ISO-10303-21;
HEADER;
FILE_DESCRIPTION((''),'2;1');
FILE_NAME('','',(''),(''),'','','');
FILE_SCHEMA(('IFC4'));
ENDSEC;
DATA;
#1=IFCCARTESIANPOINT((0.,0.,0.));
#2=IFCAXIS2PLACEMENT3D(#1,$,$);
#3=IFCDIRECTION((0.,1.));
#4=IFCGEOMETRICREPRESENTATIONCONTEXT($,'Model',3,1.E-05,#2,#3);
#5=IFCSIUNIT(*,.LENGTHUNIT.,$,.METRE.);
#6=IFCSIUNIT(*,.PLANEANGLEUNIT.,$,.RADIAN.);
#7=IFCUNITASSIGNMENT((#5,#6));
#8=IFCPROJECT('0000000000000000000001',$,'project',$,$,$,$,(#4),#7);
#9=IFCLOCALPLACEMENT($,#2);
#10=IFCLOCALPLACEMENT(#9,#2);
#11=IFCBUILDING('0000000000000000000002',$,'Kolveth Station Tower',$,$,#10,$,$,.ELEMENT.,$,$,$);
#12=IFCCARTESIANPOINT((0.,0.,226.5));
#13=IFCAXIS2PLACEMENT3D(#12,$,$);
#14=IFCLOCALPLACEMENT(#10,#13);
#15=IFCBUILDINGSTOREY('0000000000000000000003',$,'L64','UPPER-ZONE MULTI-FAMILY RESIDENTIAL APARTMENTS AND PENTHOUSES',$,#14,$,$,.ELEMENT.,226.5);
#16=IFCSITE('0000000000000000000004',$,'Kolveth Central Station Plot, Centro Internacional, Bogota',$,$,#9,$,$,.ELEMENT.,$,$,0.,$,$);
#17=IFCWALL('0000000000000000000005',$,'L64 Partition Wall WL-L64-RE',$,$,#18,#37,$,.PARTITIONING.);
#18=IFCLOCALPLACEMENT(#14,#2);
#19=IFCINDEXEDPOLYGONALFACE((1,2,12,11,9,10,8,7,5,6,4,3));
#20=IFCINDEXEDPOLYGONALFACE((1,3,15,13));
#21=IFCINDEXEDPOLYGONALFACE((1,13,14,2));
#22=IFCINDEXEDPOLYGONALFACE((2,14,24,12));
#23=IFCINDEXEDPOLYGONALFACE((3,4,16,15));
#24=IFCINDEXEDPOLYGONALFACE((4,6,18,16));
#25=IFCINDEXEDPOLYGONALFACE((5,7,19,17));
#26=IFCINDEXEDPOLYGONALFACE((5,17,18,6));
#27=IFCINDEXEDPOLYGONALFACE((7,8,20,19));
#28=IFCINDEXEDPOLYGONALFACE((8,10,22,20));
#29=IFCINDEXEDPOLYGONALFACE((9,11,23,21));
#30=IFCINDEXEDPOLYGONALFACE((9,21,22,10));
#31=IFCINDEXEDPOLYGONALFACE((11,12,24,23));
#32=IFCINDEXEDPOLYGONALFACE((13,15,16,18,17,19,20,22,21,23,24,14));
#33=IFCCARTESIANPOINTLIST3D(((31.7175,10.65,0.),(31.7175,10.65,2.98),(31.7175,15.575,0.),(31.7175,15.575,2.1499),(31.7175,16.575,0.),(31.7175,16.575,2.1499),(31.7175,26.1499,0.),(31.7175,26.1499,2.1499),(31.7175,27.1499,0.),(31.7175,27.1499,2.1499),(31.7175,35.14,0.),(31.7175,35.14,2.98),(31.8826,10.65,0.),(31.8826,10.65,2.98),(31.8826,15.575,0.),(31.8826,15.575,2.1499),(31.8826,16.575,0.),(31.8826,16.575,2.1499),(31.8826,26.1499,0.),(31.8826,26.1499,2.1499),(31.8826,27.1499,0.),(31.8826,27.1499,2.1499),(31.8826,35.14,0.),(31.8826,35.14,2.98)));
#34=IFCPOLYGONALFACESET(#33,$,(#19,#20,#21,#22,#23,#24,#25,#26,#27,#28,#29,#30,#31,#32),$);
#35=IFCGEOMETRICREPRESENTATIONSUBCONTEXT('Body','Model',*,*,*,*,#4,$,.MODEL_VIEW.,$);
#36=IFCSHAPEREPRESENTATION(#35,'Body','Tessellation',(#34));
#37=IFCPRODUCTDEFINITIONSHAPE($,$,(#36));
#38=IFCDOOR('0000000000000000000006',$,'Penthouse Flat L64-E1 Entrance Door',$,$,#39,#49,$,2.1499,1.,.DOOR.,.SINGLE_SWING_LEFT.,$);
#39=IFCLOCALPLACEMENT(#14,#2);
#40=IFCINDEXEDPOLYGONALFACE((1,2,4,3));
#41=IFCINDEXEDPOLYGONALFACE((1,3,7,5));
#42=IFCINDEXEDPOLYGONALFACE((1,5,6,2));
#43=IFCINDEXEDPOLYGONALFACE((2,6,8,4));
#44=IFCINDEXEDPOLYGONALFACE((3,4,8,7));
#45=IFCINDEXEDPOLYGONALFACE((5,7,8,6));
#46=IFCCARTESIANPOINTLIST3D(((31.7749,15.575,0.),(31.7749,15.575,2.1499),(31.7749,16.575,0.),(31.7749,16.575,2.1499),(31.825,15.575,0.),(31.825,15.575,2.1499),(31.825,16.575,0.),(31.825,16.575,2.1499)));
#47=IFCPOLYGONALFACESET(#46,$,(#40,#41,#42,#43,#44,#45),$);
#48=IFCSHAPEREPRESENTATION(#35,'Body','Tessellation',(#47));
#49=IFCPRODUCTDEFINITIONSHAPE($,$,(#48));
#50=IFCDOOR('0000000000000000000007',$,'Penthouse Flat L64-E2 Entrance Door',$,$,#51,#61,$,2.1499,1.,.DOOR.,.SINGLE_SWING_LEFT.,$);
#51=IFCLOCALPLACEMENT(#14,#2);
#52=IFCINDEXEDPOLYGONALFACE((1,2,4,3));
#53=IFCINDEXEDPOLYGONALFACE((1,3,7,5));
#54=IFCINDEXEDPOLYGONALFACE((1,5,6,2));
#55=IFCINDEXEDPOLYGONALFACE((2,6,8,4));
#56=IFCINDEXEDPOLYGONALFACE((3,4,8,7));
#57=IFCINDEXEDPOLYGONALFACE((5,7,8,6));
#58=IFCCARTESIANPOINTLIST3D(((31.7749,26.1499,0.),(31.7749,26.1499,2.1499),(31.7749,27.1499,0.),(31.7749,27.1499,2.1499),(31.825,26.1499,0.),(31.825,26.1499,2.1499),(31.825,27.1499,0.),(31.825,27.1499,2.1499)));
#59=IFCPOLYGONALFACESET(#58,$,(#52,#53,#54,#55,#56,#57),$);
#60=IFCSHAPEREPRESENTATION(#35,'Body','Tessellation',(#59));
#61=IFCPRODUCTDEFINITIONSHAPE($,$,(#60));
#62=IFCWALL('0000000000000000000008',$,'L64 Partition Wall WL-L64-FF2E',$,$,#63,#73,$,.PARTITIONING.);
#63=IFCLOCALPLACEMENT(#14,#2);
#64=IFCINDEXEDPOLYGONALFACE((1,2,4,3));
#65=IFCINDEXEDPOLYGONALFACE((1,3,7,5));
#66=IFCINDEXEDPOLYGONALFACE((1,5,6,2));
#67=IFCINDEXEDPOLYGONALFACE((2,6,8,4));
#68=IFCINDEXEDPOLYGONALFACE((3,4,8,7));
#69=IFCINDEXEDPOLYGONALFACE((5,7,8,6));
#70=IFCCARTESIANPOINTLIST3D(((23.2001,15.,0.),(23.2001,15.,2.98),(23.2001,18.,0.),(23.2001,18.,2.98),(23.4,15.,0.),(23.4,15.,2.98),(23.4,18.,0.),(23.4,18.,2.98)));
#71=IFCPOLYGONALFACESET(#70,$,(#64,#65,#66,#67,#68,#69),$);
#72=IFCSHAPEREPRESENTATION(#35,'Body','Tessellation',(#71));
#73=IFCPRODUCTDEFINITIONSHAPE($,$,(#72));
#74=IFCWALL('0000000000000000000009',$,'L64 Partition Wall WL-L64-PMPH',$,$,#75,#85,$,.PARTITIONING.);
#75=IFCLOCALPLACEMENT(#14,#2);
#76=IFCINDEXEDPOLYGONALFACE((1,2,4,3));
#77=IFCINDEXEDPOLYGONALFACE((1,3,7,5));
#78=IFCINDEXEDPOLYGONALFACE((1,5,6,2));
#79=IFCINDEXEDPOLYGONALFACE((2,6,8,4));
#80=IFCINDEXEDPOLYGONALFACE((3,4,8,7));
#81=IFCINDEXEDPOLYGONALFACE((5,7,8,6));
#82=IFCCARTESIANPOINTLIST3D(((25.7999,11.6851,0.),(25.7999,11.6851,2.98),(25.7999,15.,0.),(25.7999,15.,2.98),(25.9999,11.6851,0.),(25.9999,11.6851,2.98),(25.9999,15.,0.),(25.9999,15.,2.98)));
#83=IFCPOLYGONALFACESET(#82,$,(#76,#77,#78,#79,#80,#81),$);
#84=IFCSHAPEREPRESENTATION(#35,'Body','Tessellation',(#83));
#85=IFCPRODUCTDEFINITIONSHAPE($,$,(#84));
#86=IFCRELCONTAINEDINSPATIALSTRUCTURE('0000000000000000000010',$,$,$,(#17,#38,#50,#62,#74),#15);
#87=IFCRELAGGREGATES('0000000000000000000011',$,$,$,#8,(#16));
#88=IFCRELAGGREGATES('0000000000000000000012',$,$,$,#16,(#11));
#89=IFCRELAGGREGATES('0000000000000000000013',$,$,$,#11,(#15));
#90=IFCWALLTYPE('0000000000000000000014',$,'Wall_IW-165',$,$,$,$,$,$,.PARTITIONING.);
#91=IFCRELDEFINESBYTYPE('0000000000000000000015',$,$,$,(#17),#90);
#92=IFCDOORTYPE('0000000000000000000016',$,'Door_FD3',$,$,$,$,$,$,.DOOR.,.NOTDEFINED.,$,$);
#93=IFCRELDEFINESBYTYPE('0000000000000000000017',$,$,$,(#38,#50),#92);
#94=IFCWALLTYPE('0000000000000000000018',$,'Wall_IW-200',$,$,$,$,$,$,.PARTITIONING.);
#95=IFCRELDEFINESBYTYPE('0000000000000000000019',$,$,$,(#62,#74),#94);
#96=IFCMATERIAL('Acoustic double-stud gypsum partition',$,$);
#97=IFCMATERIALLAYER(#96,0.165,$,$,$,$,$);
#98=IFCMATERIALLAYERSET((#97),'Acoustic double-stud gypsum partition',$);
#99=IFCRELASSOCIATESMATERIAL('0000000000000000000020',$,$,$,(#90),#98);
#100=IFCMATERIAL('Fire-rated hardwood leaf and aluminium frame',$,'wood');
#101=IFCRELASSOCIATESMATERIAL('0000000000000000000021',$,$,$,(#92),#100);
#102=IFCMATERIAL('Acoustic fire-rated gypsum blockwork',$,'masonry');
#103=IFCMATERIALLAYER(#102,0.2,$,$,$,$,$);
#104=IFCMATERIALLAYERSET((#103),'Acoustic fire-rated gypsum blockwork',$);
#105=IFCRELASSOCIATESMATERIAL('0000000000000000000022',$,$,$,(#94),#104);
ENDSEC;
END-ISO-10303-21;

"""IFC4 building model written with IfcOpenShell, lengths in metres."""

from ifc_helpers import new_model, si_unit, direction, frame, frame_2d, origin, place, context, subcontext, project, spatial, rectangle, extrude, material, layer, layer_set, type_object, element, fill, save


model = new_model("IFC4")

# Units and contexts
model_context = context("Model", 3, precision=1e-05, world=origin(), true_north=direction((0.0, 1.0)))
body_context = subcontext(model_context, "Body", "Model", "MODEL_VIEW")
ifc_project = project(units=[si_unit("LENGTHUNIT", "METRE"), si_unit("PLANEANGLEUNIT", "RADIAN")], contexts=[model_context])

# Site, building, storey
site_placement = place(None, origin())
site = spatial("IfcSite", under=ifc_project, at=site_placement, Name="Kolveth Central Station Plot, Centro Internacional, Bogota", CompositionType="ELEMENT", RefElevation=0.0)
building_placement = place(site_placement, origin())
building = spatial("IfcBuilding", under=site, at=building_placement, Name="Kolveth Station Tower", CompositionType="ELEMENT")
storey_placement = place(building_placement, frame((0.0, 0.0, 226.5)))
storey = spatial("IfcBuildingStorey", under=building, at=storey_placement, Name="L64", Description="UPPER-ZONE MULTI-FAMILY RESIDENTIAL APARTMENTS AND PENTHOUSES", CompositionType="ELEMENT", Elevation=226.5)

# Shared definitions
ifc_material_1 = material(Name="Acoustic double-stud gypsum partition")
ifc_layer_1 = layer(ifc_material_1, 0.165)
ifc_layer_set_1 = layer_set([ifc_layer_1], Name="Acoustic double-stud gypsum partition")
wall_type_1 = type_object("IfcWallType", Name="Wall_IW-165", PredefinedType="PARTITIONING", material=ifc_layer_set_1)

# Wall, openings, doors
wall_1_placement = place(storey_placement, frame((31.8, 10.6499, 0.0), z_axis=(0.0, 0.0, 1.0), x_axis=(0.0, 1.0, 0.0)))
wall_1 = element("IfcWall", 1, at=wall_1_placement, inside=storey, type_object=wall_type_1, Name="L64 Partition Wall WL-L64-RE", PredefinedType="PARTITIONING", context=body_context, shape_type="SweptSolid", body=[
    extrude(rectangle(XDim=24.49, YDim=0.165, at=frame_2d((12.2451, 0.0))), origin(), (0.0, 0.0, 1.0), 2.98),
])
opening_1_placement = place(wall_1_placement, frame((4.925, 0.0, 0.0)))
opening_1 = element("IfcOpeningElement", 2, at=opening_1_placement, cuts=wall_1, PredefinedType="OPENING", context=body_context, shape_type="SweptSolid", body=[
    extrude(rectangle(XDim=1.0, YDim=2.1499, at=frame_2d((0.5, 1.075))), frame((0.0, 0.0925, 0.0), z_axis=(0.0, -1.0, 0.0), x_axis=(1.0, 0.0, 0.0)), (0.0, 0.0, 1.0), 0.1851),
])
opening_2_placement = place(wall_1_placement, frame((15.5, 0.0, 0.0)))
opening_2 = element("IfcOpeningElement", 3, at=opening_2_placement, cuts=wall_1, PredefinedType="OPENING", context=body_context, shape_type="SweptSolid", body=[
    extrude(rectangle(XDim=1.0, YDim=2.1499, at=frame_2d((0.5, 1.075))), frame((0.0, 0.0925, 0.0), z_axis=(0.0, -1.0, 0.0), x_axis=(1.0, 0.0, 0.0)), (0.0, 0.0, 1.0), 0.1851),
])
ifc_material_2 = material(Name="Fire-rated hardwood leaf and aluminium frame", Category="wood")
door_type_1 = type_object("IfcDoorType", Name="Door_FD3", OperationType="NOTDEFINED", PredefinedType="DOOR", material=ifc_material_2)
door_1_placement = place(opening_1_placement, frame((1.0, 0.0, 0.0), z_axis=(0.0, 0.0, 1.0), x_axis=(-1.0, 0.0, 0.0)))
door_1 = element("IfcDoor", 4, at=door_1_placement, inside=storey, type_object=door_type_1, Name="Penthouse Flat L64-E1 Entrance Door", OperationType="SINGLE_SWING_LEFT", OverallHeight=2.1499, OverallWidth=1.0, PredefinedType="DOOR", context=body_context, shape_type="SweptSolid", body=[
    extrude(rectangle(XDim=1.0, YDim=2.1499, at=frame_2d((0.5, 1.075))), frame((0.0, 0.0249, 0.0), z_axis=(0.0, -1.0, 0.0), x_axis=(1.0, 0.0, 0.0)), (0.0, 0.0, 1.0), 0.05),
])
fill(opening_1, door_1)
door_2_placement = place(opening_2_placement, frame((1.0, 0.0, 0.0), z_axis=(0.0, 0.0, 1.0), x_axis=(-1.0, 0.0, 0.0)))
door_2 = element("IfcDoor", 5, at=door_2_placement, inside=storey, type_object=door_type_1, Name="Penthouse Flat L64-E2 Entrance Door", OperationType="SINGLE_SWING_LEFT", OverallHeight=2.1499, OverallWidth=1.0, PredefinedType="DOOR", context=body_context, shape_type="SweptSolid", body=[
    extrude(rectangle(XDim=1.0, YDim=2.1499, at=frame_2d((0.5, 1.075))), frame((0.0, 0.0249, 0.0), z_axis=(0.0, -1.0, 0.0), x_axis=(1.0, 0.0, 0.0)), (0.0, 0.0, 1.0), 0.05),
])
fill(opening_2, door_2)

# Walls
ifc_material_3 = material(Name="Acoustic fire-rated gypsum blockwork", Category="masonry")
ifc_layer_2 = layer(ifc_material_3, 0.2)
ifc_layer_set_2 = layer_set([ifc_layer_2], Name="Acoustic fire-rated gypsum blockwork")
wall_type_2 = type_object("IfcWallType", Name="Wall_IW-200", PredefinedType="PARTITIONING", material=ifc_layer_set_2)
wall_2_placement = place(storey_placement, frame((23.3, 15.0, 0.0), z_axis=(0.0, 0.0, 1.0), x_axis=(0.0, 1.0, 0.0)))
element("IfcWall", 6, at=wall_2_placement, inside=storey, type_object=wall_type_2, Name="L64 Partition Wall WL-L64-FF2E", PredefinedType="PARTITIONING", context=body_context, shape_type="SweptSolid", body=[
    extrude(rectangle(XDim=3.0, YDim=0.2, at=frame_2d((1.5, 0.0))), origin(), (0.0, 0.0, 1.0), 2.98),
])
wall_3_placement = place(storey_placement, frame((25.8999, 11.6851, 0.0), z_axis=(0.0, 0.0, 1.0), x_axis=(0.0, 1.0, 0.0)))
element("IfcWall", 7, at=wall_3_placement, inside=storey, type_object=wall_type_2, Name="L64 Partition Wall WL-L64-PMPH", PredefinedType="PARTITIONING", context=body_context, shape_type="SweptSolid", body=[
    extrude(rectangle(XDim=3.3149, YDim=0.2, at=frame_2d((1.6575, 0.0))), origin(), (0.0, 0.0, 1.0), 2.98),
])

save(model, "model.ifc")
